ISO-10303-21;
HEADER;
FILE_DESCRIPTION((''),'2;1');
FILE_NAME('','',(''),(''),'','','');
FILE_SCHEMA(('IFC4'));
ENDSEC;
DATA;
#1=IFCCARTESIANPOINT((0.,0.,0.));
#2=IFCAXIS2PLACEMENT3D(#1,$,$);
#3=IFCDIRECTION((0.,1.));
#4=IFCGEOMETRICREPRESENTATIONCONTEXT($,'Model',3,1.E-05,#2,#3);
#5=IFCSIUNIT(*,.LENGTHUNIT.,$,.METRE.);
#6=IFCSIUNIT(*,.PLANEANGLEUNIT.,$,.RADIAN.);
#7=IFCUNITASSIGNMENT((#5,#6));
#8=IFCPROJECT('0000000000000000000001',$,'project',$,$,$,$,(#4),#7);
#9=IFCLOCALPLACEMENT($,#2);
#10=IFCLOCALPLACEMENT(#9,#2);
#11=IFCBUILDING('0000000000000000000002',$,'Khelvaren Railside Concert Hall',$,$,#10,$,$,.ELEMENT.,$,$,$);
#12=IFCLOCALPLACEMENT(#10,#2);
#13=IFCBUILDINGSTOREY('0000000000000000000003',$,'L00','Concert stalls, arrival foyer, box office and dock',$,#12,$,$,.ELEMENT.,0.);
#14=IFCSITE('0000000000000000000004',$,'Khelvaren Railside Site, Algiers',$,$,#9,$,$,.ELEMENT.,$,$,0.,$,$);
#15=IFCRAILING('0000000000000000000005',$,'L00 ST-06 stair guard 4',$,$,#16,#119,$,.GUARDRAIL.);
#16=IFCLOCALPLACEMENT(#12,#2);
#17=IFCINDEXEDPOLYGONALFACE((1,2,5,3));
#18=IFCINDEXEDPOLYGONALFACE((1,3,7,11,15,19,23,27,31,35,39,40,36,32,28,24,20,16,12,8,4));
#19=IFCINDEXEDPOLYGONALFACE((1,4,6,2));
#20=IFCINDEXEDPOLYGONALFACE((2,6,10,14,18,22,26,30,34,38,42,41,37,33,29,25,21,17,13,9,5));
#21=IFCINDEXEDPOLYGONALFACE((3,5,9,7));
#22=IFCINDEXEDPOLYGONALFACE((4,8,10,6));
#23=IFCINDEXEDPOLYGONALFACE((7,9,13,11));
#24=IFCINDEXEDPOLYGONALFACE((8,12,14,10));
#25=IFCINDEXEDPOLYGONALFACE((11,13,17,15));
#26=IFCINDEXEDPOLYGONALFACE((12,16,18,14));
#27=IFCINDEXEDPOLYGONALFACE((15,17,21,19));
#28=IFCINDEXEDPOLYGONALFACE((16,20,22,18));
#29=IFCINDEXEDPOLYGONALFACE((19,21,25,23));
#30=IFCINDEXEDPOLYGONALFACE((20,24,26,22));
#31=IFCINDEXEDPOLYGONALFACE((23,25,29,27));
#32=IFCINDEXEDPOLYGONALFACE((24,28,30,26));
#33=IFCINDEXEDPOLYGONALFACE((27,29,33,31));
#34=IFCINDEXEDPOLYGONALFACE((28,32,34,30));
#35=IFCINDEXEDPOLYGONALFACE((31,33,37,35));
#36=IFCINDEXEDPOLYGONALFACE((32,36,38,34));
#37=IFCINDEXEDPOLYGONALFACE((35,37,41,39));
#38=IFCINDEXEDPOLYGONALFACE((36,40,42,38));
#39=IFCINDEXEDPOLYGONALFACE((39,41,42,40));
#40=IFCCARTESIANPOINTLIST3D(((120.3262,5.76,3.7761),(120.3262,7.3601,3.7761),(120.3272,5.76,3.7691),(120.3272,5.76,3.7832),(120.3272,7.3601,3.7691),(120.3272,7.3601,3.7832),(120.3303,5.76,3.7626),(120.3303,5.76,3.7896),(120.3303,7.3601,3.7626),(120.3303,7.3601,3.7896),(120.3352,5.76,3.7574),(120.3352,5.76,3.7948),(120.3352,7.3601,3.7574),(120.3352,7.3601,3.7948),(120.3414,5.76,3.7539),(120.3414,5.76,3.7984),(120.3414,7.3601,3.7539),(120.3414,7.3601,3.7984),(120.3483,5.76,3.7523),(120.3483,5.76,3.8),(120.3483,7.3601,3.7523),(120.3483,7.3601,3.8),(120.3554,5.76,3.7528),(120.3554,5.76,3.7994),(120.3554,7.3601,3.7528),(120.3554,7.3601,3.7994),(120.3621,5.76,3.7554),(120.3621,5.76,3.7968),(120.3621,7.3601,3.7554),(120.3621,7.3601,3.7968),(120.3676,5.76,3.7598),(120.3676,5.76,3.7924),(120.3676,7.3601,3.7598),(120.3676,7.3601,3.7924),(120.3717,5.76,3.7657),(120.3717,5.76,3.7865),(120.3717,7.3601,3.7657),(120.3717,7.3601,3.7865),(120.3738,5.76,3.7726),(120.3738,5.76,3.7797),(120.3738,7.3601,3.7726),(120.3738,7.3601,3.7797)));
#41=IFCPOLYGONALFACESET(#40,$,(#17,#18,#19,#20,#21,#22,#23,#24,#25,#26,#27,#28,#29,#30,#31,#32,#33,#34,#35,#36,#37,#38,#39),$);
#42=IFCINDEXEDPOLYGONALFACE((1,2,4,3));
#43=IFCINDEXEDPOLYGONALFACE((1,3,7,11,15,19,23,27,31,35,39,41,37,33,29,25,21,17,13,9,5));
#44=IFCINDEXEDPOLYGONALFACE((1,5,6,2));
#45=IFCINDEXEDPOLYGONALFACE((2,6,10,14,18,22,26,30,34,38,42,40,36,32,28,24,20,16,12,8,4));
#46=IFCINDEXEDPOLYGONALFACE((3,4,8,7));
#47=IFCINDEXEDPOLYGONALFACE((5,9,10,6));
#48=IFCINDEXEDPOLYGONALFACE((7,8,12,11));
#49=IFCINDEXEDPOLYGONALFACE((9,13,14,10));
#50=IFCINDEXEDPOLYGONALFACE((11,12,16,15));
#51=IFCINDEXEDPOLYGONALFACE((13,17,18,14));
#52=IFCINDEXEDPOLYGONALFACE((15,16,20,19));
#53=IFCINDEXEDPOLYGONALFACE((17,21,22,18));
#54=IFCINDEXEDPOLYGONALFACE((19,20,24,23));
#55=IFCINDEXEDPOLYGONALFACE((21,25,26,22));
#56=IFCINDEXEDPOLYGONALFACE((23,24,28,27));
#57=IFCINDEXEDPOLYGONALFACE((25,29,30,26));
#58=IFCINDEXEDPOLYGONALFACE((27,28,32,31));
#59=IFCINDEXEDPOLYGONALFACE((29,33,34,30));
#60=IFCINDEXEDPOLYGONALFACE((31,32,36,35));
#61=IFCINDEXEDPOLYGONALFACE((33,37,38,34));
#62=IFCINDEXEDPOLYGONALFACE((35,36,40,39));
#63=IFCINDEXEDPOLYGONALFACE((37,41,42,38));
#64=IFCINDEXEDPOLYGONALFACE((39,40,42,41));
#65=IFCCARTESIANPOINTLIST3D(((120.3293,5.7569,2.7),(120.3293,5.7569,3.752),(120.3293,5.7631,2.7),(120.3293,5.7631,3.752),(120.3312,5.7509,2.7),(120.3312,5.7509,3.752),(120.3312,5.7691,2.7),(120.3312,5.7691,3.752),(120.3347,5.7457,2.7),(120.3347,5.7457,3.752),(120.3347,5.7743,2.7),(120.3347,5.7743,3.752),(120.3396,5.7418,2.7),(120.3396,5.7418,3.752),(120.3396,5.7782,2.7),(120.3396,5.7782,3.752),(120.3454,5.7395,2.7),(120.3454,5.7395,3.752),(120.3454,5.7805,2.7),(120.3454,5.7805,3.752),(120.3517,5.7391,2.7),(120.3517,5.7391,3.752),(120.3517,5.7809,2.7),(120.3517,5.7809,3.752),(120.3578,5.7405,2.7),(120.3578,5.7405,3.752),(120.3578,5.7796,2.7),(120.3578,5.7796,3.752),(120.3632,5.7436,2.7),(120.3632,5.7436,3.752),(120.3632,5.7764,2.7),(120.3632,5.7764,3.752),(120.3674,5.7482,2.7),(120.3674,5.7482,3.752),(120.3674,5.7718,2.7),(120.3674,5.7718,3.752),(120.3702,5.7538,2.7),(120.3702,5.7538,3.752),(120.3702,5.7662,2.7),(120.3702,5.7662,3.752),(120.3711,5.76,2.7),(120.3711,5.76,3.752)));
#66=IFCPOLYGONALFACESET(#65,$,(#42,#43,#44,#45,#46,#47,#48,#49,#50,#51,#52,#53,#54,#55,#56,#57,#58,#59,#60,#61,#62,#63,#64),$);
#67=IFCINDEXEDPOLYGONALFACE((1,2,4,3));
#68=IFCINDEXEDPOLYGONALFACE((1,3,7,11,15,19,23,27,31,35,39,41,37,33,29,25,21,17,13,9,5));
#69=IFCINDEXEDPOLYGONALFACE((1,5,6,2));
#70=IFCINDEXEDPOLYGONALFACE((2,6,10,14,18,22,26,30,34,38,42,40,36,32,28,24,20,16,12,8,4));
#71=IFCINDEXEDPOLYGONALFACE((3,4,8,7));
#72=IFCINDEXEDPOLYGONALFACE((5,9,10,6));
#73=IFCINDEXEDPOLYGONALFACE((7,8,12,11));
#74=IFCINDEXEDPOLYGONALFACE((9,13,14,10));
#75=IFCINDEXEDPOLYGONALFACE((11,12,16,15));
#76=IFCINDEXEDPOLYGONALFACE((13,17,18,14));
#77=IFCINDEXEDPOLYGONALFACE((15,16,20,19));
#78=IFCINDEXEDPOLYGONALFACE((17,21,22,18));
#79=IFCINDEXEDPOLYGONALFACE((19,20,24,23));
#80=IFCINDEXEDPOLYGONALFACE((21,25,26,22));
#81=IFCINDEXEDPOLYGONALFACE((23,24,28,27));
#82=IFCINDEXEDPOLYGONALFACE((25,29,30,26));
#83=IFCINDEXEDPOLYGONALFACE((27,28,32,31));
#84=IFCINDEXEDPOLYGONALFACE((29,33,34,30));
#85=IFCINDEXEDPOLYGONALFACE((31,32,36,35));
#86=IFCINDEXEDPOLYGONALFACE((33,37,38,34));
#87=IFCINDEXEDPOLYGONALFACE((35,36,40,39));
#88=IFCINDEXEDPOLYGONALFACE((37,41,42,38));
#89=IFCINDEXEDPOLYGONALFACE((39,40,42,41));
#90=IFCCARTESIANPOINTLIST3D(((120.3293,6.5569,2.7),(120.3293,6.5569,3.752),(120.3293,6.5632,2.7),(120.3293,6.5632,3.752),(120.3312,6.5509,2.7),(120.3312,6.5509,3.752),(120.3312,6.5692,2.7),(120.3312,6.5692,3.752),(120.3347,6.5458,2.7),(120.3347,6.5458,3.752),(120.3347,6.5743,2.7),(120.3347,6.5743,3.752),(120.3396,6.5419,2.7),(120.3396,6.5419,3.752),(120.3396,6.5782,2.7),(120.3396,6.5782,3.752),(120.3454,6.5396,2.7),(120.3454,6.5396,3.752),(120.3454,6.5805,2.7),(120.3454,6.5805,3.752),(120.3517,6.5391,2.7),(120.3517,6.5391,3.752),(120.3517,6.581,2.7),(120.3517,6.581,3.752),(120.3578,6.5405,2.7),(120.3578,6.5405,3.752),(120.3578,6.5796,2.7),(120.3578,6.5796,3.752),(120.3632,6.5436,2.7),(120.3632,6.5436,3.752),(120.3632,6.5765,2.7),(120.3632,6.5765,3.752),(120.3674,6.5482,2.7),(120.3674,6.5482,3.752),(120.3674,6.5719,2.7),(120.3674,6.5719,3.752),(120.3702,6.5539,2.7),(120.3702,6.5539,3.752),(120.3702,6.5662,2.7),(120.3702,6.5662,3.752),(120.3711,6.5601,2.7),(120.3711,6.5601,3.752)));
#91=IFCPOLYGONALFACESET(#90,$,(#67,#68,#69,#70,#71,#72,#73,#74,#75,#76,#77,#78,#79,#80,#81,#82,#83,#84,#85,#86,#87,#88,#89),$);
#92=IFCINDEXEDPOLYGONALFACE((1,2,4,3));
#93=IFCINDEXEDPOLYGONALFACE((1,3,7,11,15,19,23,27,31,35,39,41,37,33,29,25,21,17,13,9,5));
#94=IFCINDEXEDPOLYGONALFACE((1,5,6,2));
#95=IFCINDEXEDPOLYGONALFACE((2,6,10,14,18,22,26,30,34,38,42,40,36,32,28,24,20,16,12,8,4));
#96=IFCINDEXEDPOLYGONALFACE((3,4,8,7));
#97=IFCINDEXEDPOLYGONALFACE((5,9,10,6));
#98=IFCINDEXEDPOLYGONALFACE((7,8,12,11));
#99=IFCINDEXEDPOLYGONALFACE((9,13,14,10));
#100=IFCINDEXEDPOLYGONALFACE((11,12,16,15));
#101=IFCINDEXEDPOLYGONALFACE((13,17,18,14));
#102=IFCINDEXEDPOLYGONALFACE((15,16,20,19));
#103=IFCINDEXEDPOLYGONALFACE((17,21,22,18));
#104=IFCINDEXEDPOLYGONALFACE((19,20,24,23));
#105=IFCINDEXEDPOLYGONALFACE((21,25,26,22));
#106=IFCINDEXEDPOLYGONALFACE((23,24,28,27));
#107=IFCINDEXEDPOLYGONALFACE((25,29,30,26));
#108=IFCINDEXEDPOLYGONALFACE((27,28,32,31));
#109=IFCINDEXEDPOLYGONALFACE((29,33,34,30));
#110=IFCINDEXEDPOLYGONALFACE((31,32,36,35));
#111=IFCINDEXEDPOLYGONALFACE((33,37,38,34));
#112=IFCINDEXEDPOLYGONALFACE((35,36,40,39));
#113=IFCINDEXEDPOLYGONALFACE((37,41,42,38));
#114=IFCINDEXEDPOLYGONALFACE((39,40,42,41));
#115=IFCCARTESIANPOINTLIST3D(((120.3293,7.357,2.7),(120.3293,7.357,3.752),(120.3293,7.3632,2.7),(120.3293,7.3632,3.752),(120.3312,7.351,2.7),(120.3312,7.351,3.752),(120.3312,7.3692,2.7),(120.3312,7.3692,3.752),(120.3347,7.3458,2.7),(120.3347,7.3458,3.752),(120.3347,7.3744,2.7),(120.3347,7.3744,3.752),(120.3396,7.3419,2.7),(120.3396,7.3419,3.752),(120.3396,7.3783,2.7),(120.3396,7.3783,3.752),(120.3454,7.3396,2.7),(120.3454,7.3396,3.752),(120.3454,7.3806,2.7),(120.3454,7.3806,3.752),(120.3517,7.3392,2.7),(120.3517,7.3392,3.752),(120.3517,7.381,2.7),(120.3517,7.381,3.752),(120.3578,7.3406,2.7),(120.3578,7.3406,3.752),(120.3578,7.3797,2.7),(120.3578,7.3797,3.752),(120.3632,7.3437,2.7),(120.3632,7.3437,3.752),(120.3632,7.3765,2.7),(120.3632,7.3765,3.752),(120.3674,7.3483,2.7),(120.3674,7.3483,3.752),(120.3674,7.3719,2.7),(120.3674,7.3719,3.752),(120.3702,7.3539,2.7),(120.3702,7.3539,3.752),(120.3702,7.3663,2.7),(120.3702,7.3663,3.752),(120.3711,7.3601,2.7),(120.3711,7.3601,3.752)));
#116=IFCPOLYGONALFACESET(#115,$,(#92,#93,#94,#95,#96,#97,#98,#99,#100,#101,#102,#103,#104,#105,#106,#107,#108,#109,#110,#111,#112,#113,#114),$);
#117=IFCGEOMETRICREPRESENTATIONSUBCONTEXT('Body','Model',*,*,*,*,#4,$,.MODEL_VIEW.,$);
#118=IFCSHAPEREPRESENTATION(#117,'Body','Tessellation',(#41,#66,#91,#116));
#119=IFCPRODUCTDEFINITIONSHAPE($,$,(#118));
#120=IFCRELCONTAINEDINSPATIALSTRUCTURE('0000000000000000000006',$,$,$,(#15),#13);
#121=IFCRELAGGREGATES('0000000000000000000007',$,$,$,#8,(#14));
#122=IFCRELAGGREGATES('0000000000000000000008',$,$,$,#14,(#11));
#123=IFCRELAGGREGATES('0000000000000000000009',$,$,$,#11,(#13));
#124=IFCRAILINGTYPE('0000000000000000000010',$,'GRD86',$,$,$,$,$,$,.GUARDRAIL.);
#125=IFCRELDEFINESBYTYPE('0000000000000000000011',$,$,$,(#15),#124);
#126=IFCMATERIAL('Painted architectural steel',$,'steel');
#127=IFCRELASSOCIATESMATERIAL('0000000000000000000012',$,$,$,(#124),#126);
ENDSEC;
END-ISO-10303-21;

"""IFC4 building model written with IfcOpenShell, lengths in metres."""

from ifc_helpers import new_model, si_unit, direction, frame, origin, origin_2d, place, context, subcontext, project, spatial, circle, extrude, material, type_object, element, save


model = new_model("IFC4")

# Units and contexts
model_context = context("Model", 3, precision=1e-05, world=origin(), true_north=direction((0.0, 1.0)))
body_context = subcontext(model_context, "Body", "Model", "MODEL_VIEW")
ifc_project = project(units=[si_unit("LENGTHUNIT", "METRE"), si_unit("PLANEANGLEUNIT", "RADIAN")], contexts=[model_context])

# Site, building, storey
site_placement = place(None, origin())
site = spatial("IfcSite", under=ifc_project, at=site_placement, Name="Khelvaren Railside Site, Algiers", CompositionType="ELEMENT", RefElevation=0.0)
building_placement = place(site_placement, origin())
building = spatial("IfcBuilding", under=site, at=building_placement, Name="Khelvaren Railside Concert Hall", CompositionType="ELEMENT")
storey_placement = place(building_placement, origin())
storey = spatial("IfcBuildingStorey", under=building, at=storey_placement, Name="L00", Description="Concert stalls, arrival foyer, box office and dock", CompositionType="ELEMENT", Elevation=0.0)

# Railing
ifc_material_1 = material(Name="Painted architectural steel", Category="steel")
railing_type_1 = type_object("IfcRailingType", Name="GRD86", PredefinedType="GUARDRAIL", material=ifc_material_1)
for number, where, name in (
    (1, (120.3501, 5.76, 2.7), "L00 ST-06 stair guard 4"),
):
    element("IfcRailing", number, at=place(storey_placement, frame(where)), inside=storey, type_object=railing_type_1, Name=name, PredefinedType="GUARDRAIL", context=body_context, shape_type="SweptSolid", body=[
        extrude(circle(Radius=0.0239, at=origin_2d()), frame((0.0, 0.0, 1.0762), z_axis=(0.0, 1.0, 0.0), x_axis=(-1.0, 0.0, 0.0)), (0.0, 0.0, 1.0), 1.6001),
        extrude(circle(Radius=0.021, at=origin_2d()), origin(), (0.0, 0.0, 1.0), 1.052),
        extrude(circle(Radius=0.021, at=origin_2d()), frame((0.0, 0.8, 0.0)), (0.0, 0.0, 1.0), 1.052),
        extrude(circle(Radius=0.021, at=origin_2d()), frame((0.0, 1.6001, 0.0)), (0.0, 0.0, 1.0), 1.052),
    ])

save(model, "model.ifc")
